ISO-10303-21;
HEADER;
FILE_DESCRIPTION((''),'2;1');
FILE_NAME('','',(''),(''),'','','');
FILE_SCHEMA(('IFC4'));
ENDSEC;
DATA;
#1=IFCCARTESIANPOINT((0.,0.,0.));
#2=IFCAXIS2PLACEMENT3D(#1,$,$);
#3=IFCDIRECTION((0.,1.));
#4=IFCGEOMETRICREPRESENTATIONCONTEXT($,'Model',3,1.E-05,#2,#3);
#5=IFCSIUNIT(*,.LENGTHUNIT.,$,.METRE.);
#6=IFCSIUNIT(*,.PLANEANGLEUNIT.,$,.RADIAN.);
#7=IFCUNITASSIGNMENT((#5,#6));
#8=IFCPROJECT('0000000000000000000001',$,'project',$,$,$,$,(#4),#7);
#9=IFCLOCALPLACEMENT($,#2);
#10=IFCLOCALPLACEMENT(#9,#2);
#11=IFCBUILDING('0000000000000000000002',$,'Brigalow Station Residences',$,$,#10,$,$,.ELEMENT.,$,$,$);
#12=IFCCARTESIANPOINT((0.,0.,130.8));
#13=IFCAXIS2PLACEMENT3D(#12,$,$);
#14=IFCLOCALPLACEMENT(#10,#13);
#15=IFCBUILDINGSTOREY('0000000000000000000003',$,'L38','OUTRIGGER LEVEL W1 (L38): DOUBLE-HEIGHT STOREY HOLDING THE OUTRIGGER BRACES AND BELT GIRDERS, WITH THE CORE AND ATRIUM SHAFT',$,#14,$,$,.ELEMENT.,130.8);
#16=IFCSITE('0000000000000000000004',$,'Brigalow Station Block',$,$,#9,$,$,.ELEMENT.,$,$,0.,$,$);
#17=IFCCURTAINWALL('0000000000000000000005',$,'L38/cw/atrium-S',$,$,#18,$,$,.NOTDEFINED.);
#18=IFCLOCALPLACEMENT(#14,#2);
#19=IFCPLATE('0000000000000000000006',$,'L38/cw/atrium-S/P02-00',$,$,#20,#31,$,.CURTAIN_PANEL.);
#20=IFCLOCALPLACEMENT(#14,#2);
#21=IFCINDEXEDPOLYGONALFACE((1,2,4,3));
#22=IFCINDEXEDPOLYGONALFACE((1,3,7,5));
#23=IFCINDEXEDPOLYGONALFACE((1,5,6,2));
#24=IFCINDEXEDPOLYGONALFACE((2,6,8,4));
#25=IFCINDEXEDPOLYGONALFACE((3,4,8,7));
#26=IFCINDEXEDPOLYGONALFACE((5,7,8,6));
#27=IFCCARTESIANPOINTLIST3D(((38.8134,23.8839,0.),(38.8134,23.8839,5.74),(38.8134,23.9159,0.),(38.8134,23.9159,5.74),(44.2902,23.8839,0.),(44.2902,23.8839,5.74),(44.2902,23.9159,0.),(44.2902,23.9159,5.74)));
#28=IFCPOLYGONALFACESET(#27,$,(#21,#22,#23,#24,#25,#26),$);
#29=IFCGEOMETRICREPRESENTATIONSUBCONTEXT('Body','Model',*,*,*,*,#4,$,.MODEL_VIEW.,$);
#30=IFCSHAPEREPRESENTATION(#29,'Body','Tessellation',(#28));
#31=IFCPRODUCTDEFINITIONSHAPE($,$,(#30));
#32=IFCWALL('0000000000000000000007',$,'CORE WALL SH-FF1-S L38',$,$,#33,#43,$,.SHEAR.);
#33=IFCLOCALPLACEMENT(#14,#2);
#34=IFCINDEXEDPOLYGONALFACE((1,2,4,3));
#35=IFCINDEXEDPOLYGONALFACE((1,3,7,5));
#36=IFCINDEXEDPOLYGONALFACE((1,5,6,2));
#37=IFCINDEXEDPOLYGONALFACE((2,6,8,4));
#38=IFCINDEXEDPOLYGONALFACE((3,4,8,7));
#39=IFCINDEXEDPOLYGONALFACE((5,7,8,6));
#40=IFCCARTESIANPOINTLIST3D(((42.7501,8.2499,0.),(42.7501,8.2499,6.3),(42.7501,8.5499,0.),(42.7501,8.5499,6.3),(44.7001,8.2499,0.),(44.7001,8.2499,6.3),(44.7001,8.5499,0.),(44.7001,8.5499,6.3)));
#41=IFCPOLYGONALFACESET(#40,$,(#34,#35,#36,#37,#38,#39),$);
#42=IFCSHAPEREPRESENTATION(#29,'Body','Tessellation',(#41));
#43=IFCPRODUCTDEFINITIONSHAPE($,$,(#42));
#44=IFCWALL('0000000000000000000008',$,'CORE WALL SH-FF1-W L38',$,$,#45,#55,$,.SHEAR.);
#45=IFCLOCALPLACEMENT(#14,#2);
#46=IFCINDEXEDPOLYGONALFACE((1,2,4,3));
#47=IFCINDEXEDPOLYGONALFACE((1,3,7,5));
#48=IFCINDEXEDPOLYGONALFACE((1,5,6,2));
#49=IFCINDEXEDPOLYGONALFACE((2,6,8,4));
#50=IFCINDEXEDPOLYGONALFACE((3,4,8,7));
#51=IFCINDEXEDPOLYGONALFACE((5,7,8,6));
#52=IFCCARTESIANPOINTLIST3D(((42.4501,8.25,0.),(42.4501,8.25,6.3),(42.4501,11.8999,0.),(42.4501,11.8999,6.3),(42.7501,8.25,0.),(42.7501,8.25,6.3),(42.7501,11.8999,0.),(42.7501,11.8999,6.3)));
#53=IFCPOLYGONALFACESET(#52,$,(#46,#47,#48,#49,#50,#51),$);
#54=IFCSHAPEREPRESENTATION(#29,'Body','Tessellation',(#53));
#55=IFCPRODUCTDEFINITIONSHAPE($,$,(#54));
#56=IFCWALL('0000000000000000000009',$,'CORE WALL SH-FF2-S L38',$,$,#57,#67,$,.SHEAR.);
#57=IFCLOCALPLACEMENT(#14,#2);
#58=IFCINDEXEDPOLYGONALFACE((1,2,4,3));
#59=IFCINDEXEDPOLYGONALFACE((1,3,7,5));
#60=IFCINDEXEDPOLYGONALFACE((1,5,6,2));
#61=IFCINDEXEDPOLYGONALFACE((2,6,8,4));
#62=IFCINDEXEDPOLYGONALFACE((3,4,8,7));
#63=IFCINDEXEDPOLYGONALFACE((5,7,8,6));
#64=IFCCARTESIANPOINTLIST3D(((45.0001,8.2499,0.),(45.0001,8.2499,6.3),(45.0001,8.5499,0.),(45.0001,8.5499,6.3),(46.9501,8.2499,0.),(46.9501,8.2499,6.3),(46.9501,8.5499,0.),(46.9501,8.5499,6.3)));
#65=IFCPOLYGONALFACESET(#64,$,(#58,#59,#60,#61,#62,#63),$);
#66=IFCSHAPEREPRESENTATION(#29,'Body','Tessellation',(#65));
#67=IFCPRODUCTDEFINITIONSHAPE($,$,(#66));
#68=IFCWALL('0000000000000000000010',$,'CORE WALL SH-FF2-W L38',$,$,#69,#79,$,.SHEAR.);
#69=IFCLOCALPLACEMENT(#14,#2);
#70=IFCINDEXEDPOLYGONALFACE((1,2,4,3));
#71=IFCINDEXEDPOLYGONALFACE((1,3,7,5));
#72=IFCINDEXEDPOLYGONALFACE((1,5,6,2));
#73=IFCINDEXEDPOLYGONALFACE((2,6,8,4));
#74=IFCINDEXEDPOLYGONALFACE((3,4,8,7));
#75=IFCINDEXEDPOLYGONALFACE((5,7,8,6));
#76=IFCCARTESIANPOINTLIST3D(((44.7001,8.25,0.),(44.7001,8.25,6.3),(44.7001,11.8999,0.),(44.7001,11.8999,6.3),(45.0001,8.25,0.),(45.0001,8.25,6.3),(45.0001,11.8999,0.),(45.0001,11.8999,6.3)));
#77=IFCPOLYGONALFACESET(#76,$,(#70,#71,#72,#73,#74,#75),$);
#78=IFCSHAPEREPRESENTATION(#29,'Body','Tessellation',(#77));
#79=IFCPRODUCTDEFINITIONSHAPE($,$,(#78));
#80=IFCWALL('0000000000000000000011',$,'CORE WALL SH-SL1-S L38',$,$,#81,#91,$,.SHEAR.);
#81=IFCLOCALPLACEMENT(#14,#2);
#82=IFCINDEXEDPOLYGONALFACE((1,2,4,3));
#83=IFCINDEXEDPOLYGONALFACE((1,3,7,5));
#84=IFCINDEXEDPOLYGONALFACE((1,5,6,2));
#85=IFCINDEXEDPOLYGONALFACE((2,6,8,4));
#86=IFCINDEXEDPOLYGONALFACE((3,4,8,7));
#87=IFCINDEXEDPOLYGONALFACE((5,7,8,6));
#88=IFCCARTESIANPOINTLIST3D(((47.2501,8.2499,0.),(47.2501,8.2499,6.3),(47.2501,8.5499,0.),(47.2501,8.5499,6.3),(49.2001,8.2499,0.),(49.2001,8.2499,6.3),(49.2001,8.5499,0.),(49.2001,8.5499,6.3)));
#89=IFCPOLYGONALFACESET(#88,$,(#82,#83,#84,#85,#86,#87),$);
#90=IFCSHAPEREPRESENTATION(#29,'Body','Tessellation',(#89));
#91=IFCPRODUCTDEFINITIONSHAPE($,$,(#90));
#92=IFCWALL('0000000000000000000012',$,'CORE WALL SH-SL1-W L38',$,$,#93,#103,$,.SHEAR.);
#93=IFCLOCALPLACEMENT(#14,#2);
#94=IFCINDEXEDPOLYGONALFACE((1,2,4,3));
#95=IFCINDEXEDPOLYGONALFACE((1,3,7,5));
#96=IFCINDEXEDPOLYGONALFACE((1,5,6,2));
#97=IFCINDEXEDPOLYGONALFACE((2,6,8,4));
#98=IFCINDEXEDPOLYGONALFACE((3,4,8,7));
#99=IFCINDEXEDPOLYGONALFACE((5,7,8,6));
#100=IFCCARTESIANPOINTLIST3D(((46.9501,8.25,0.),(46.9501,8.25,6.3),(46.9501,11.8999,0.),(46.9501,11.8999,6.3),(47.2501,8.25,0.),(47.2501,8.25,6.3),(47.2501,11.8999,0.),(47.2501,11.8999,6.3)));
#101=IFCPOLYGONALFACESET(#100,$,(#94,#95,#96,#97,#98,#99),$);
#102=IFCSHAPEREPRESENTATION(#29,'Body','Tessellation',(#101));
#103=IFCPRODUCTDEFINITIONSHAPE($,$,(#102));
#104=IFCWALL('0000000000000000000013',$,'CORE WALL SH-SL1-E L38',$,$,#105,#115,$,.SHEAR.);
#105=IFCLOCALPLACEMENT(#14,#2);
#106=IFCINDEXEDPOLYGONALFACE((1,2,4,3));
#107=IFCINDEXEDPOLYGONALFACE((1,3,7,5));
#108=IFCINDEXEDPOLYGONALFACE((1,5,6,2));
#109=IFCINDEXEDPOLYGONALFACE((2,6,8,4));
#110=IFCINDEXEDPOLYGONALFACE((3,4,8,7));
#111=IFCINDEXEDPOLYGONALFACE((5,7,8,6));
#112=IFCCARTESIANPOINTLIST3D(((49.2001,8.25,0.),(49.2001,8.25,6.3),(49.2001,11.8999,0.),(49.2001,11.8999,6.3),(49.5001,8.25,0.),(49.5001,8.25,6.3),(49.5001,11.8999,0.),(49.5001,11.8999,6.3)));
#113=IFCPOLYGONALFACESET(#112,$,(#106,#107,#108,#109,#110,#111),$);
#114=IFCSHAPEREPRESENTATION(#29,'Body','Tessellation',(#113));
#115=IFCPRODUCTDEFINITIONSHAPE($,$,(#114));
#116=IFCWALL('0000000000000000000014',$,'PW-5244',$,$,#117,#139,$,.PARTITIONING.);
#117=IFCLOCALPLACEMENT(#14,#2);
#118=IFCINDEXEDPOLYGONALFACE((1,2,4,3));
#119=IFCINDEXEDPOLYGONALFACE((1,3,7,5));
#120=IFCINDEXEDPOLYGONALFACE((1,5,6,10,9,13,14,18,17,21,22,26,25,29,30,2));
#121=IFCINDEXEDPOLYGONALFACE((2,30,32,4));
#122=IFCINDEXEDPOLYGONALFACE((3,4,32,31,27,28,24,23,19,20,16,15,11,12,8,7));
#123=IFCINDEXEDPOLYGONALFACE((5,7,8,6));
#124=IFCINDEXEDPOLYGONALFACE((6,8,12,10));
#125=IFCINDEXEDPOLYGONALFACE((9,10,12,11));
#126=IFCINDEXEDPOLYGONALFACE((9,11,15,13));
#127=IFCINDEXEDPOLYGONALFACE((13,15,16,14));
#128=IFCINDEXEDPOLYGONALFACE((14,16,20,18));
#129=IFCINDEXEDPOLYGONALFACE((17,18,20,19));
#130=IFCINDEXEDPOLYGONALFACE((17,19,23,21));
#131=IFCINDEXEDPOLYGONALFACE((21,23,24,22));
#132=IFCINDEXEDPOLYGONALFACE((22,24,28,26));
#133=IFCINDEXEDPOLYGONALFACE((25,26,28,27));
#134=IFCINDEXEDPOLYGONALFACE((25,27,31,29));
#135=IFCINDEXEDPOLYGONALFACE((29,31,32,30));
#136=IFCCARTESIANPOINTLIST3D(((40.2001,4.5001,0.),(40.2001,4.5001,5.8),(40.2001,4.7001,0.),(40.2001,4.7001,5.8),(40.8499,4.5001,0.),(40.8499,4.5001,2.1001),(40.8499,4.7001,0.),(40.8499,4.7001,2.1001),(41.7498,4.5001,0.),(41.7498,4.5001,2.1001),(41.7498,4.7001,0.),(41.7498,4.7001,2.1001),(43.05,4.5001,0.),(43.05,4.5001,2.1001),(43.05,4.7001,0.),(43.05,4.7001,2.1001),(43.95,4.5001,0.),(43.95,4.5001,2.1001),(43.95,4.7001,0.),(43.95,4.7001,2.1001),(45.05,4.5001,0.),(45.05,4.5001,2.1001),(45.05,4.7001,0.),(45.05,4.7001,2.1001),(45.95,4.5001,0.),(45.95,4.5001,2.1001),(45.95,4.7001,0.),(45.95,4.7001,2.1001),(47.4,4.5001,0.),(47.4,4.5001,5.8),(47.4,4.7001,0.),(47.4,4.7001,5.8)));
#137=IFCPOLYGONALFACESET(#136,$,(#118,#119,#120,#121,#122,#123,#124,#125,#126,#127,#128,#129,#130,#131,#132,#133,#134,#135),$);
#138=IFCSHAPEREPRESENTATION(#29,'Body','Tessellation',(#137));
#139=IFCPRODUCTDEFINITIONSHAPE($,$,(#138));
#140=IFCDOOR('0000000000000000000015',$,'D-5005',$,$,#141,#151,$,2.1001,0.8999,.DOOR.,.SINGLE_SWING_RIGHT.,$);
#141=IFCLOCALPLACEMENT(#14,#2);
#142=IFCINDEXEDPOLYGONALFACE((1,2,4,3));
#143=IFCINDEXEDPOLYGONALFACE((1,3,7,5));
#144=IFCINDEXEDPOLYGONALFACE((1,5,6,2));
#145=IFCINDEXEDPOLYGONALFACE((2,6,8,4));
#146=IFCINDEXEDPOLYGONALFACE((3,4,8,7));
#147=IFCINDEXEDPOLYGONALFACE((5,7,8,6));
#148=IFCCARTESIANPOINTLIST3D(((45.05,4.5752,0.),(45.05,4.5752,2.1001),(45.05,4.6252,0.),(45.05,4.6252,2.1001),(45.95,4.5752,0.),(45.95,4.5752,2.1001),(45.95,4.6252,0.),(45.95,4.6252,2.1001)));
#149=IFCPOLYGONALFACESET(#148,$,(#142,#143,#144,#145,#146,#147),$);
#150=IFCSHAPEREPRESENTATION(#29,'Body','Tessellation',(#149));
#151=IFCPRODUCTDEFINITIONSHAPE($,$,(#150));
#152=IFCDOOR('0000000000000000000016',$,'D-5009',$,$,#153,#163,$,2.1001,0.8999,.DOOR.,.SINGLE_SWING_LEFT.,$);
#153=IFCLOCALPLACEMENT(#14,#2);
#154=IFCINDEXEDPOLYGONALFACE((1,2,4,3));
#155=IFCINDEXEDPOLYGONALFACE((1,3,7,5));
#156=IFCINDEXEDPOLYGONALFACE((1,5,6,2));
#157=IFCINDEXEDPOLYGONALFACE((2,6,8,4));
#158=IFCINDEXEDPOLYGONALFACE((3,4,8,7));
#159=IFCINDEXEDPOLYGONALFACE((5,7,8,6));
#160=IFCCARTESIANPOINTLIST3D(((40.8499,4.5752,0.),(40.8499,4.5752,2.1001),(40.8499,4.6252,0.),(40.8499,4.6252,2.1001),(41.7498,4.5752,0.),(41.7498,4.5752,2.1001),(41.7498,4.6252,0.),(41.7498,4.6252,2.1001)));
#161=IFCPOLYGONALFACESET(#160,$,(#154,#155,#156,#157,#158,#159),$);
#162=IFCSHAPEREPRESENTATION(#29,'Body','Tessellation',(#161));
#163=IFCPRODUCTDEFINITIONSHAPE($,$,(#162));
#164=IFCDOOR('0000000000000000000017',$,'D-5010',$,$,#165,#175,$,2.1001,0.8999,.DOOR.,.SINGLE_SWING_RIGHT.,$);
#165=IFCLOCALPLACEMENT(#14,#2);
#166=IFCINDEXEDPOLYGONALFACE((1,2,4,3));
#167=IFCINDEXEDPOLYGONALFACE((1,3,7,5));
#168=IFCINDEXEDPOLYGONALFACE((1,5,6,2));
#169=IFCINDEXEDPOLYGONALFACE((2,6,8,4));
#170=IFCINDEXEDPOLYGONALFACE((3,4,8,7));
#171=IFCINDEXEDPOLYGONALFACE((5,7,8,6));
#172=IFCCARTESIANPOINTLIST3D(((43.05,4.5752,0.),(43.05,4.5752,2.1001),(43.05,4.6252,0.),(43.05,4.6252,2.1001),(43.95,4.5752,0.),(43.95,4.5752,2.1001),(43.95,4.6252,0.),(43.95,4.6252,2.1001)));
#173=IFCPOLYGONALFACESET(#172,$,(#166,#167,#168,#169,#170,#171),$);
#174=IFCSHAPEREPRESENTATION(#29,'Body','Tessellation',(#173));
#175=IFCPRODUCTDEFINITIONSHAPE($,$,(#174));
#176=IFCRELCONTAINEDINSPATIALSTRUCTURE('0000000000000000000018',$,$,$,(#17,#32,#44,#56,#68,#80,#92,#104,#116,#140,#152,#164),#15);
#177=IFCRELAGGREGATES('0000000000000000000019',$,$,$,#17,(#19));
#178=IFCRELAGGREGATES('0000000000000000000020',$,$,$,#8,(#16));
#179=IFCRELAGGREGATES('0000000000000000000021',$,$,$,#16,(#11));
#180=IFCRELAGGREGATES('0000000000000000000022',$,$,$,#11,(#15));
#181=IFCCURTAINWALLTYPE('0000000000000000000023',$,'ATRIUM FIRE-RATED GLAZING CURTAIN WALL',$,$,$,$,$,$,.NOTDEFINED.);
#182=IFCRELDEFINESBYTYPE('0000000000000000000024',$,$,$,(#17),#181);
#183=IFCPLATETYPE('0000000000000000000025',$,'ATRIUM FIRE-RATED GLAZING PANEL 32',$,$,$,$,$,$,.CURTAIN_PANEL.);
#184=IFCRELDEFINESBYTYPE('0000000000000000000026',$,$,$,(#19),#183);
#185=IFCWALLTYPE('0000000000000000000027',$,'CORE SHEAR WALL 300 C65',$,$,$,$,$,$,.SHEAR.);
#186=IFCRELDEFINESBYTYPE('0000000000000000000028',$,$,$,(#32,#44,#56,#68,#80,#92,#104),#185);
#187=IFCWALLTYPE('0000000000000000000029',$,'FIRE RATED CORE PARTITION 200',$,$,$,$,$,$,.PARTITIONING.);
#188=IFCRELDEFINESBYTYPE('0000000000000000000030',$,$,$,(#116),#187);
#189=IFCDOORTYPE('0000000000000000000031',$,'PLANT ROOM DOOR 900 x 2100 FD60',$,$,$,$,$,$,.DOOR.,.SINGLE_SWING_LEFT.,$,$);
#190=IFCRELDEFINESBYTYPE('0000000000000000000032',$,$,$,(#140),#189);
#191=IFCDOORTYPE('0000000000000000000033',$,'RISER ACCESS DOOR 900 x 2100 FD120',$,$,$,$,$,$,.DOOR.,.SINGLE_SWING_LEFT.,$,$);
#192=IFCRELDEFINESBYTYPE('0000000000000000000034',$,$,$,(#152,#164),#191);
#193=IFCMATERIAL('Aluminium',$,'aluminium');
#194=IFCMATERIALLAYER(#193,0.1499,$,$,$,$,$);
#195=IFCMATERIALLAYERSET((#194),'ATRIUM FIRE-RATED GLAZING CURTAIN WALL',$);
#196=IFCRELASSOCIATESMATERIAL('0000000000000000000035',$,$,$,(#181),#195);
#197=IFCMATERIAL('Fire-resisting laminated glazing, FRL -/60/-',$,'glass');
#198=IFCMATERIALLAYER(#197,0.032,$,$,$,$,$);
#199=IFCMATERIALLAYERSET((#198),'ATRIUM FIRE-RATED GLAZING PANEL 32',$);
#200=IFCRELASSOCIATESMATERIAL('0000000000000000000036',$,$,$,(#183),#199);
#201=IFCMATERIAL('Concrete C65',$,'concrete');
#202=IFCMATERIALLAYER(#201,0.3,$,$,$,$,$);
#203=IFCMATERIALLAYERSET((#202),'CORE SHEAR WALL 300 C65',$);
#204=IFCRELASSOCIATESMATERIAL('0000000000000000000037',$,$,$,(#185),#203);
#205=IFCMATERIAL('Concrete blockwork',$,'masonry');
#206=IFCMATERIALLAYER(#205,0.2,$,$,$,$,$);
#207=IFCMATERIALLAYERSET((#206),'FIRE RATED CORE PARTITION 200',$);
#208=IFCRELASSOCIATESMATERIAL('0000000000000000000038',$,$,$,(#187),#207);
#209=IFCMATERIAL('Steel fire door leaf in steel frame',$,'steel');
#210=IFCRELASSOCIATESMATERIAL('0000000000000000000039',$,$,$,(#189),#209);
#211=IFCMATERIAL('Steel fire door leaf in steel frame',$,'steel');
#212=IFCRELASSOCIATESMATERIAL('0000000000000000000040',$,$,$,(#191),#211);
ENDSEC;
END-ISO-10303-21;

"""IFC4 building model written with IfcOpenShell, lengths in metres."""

from ifc_helpers import new_model, si_unit, direction, frame, frame_2d, origin, origin_2d, place, context, subcontext, project, spatial, rectangle, extrude, material, layer, layer_set, type_object, element, fill, aggregate, save


model = new_model("IFC4")

# Units and contexts
model_context = context("Model", 3, precision=1e-05, world=origin(), true_north=direction((0.0, 1.0)))
body_context = subcontext(model_context, "Body", "Model", "MODEL_VIEW")
ifc_project = project(units=[si_unit("LENGTHUNIT", "METRE"), si_unit("PLANEANGLEUNIT", "RADIAN")], contexts=[model_context])

# Site, building, storey
site_placement = place(None, origin())
site = spatial("IfcSite", under=ifc_project, at=site_placement, Name="Brigalow Station Block", CompositionType="ELEMENT", RefElevation=0.0)
building_placement = place(site_placement, origin())
building = spatial("IfcBuilding", under=site, at=building_placement, Name="Brigalow Station Residences", CompositionType="ELEMENT")
storey_placement = place(building_placement, frame((0.0, 0.0, 130.8)))
storey = spatial("IfcBuildingStorey", under=building, at=storey_placement, Name="L38", Description="OUTRIGGER LEVEL W1 (L38): DOUBLE-HEIGHT STOREY HOLDING THE OUTRIGGER BRACES AND BELT GIRDERS, WITH THE CORE AND ATRIUM SHAFT", CompositionType="ELEMENT", Elevation=130.8)

# Curtain wall
ifc_material_1 = material(Name="Aluminium", Category="aluminium")
ifc_layer_1 = layer(ifc_material_1, 0.1499)
ifc_layer_set_1 = layer_set([ifc_layer_1], Name="ATRIUM FIRE-RATED GLAZING CURTAIN WALL")
curtain_wall_type = type_object("IfcCurtainWallType", Name="ATRIUM FIRE-RATED GLAZING CURTAIN WALL", PredefinedType="NOTDEFINED", material=ifc_layer_set_1)
curtain_wall_placement = place(storey_placement, origin())
curtain_wall = element("IfcCurtainWall", 1, at=curtain_wall_placement, inside=storey, type_object=curtain_wall_type, Name="L38/cw/atrium-S", PredefinedType="NOTDEFINED")

# Plate
ifc_material_2 = material(Name="Fire-resisting laminated glazing, FRL -/60/-", Category="glass")
ifc_layer_2 = layer(ifc_material_2, 0.032)
ifc_layer_set_2 = layer_set([ifc_layer_2], Name="ATRIUM FIRE-RATED GLAZING PANEL 32")
plate_type = type_object("IfcPlateType", Name="ATRIUM FIRE-RATED GLAZING PANEL 32", PredefinedType="CURTAIN_PANEL", material=ifc_layer_set_2)
plate_placement = place(storey_placement, frame((41.5518, 23.8999, 0.0), z_axis=(0.0, 0.0, 1.0), x_axis=(1.0, 0.0, 0.0)))
plate = element("IfcPlate", 2, at=plate_placement, type_object=plate_type, Name="L38/cw/atrium-S/P02-00", PredefinedType="CURTAIN_PANEL", context=body_context, shape_type="SweptSolid", body=[
    extrude(rectangle(XDim=5.4768, YDim=0.032, at=origin_2d()), origin(), (0.0, 0.0, 1.0), 5.74),
])
aggregate(curtain_wall, [plate])

# Walls
ifc_material_3 = material(Name="Concrete C65", Category="concrete")
ifc_layer_3 = layer(ifc_material_3, 0.3)
ifc_layer_set_3 = layer_set([ifc_layer_3], Name="CORE SHEAR WALL 300 C65")
wall_type_1 = type_object("IfcWallType", Name="CORE SHEAR WALL 300 C65", PredefinedType="SHEAR", material=ifc_layer_set_3)
wall_1_placement = place(storey_placement, frame((42.75, 8.3999, 0.0), z_axis=(0.0, 0.0, 1.0), x_axis=(1.0, 0.0, 0.0)))
element("IfcWall", 3, at=wall_1_placement, inside=storey, type_object=wall_type_1, Name="CORE WALL SH-FF1-S L38", PredefinedType="SHEAR", context=body_context, shape_type="SweptSolid", body=[
    extrude(rectangle(XDim=1.95, YDim=0.3, at=frame_2d((0.9751, 0.0))), origin(), (0.0, 0.0, 1.0), 6.3),
])
wall_2_placement = place(storey_placement, frame((42.6001, 8.25, 0.0), z_axis=(0.0, 0.0, 1.0), x_axis=(0.0, 1.0, 0.0)))
element("IfcWall", 4, at=wall_2_placement, inside=storey, type_object=wall_type_1, Name="CORE WALL SH-FF1-W L38", PredefinedType="SHEAR", context=body_context, shape_type="SweptSolid", body=[
    extrude(rectangle(XDim=3.6499, YDim=0.3, at=frame_2d((1.825, 0.0))), origin(), (0.0, 0.0, 1.0), 6.3),
])
wall_3_placement = place(storey_placement, frame((45.0, 8.3999, 0.0), z_axis=(0.0, 0.0, 1.0), x_axis=(1.0, 0.0, 0.0)))
element("IfcWall", 5, at=wall_3_placement, inside=storey, type_object=wall_type_1, Name="CORE WALL SH-FF2-S L38", PredefinedType="SHEAR", context=body_context, shape_type="SweptSolid", body=[
    extrude(rectangle(XDim=1.95, YDim=0.3, at=frame_2d((0.9751, 0.0))), origin(), (0.0, 0.0, 1.0), 6.3),
])
wall_4_placement = place(storey_placement, frame((44.8501, 8.25, 0.0), z_axis=(0.0, 0.0, 1.0), x_axis=(0.0, 1.0, 0.0)))
element("IfcWall", 6, at=wall_4_placement, inside=storey, type_object=wall_type_1, Name="CORE WALL SH-FF2-W L38", PredefinedType="SHEAR", context=body_context, shape_type="SweptSolid", body=[
    extrude(rectangle(XDim=3.6499, YDim=0.3, at=frame_2d((1.825, 0.0))), origin(), (0.0, 0.0, 1.0), 6.3),
])
wall_5_placement = place(storey_placement, frame((47.25, 8.3999, 0.0), z_axis=(0.0, 0.0, 1.0), x_axis=(1.0, 0.0, 0.0)))
element("IfcWall", 7, at=wall_5_placement, inside=storey, type_object=wall_type_1, Name="CORE WALL SH-SL1-S L38", PredefinedType="SHEAR", context=body_context, shape_type="SweptSolid", body=[
    extrude(rectangle(XDim=1.95, YDim=0.3, at=frame_2d((0.9751, 0.0))), origin(), (0.0, 0.0, 1.0), 6.3),
])
for number, where, z_axis, x_axis, name in (
    (8, (47.1001, 8.25, 0.0), (0.0, 0.0, 1.0), (0.0, 1.0, 0.0), "CORE WALL SH-SL1-W L38"),
    (9, (49.3501, 8.25, 0.0), (0.0, 0.0, 1.0), (0.0, 1.0, 0.0), "CORE WALL SH-SL1-E L38"),
):
    element("IfcWall", number, at=place(storey_placement, frame(where, z_axis=z_axis, x_axis=x_axis)), inside=storey, type_object=wall_type_1, Name=name, PredefinedType="SHEAR", context=body_context, shape_type="SweptSolid", body=[
        extrude(rectangle(XDim=3.6499, YDim=0.3, at=frame_2d((1.825, 0.0))), origin(), (0.0, 0.0, 1.0), 6.3),
    ])

# Wall, openings, doors
ifc_material_4 = material(Name="Concrete blockwork", Category="masonry")
ifc_layer_4 = layer(ifc_material_4, 0.2)
ifc_layer_set_4 = layer_set([ifc_layer_4], Name="FIRE RATED CORE PARTITION 200")
wall_type_2 = type_object("IfcWallType", Name="FIRE RATED CORE PARTITION 200", PredefinedType="PARTITIONING", material=ifc_layer_set_4)
wall_6_placement = place(storey_placement, frame((40.2, 4.6001, 0.0), z_axis=(0.0, 0.0, 1.0), x_axis=(1.0, 0.0, 0.0)))
wall_6 = element("IfcWall", 10, at=wall_6_placement, inside=storey, type_object=wall_type_2, Name="PW-5244", PredefinedType="PARTITIONING", context=body_context, shape_type="SweptSolid", body=[
    extrude(rectangle(XDim=7.2, YDim=0.2, at=frame_2d((3.6001, 0.0))), origin(), (0.0, 0.0, 1.0), 5.8),
])
opening_1_placement = place(wall_6_placement, frame((4.8501, 0.0, 0.0)))
opening_1 = element("IfcOpeningElement", 11, at=opening_1_placement, cuts=wall_6, PredefinedType="OPENING", context=body_context, shape_type="SweptSolid", body=[
    extrude(rectangle(XDim=0.8999, YDim=2.1001, at=frame_2d((0.45, 1.05))), frame((0.0, 0.1099, 0.0), z_axis=(0.0, -1.0, 0.0), x_axis=(1.0, 0.0, 0.0)), (0.0, 0.0, 1.0), 0.22),
])
opening_2_placement = place(wall_6_placement, frame((0.6499, 0.0, 0.0)))
opening_2 = element("IfcOpeningElement", 12, at=opening_2_placement, cuts=wall_6, PredefinedType="OPENING", context=body_context, shape_type="SweptSolid", body=[
    extrude(rectangle(XDim=0.8999, YDim=2.1001, at=frame_2d((0.45, 1.05))), frame((0.0, 0.1099, 0.0), z_axis=(0.0, -1.0, 0.0), x_axis=(1.0, 0.0, 0.0)), (0.0, 0.0, 1.0), 0.22),
])
opening_3_placement = place(wall_6_placement, frame((2.8501, 0.0, 0.0)))
opening_3 = element("IfcOpeningElement", 13, at=opening_3_placement, cuts=wall_6, PredefinedType="OPENING", context=body_context, shape_type="SweptSolid", body=[
    extrude(rectangle(XDim=0.8999, YDim=2.1001, at=frame_2d((0.45, 1.05))), frame((0.0, 0.1099, 0.0), z_axis=(0.0, -1.0, 0.0), x_axis=(1.0, 0.0, 0.0)), (0.0, 0.0, 1.0), 0.22),
])
ifc_material_5 = material(Name="Steel fire door leaf in steel frame", Category="steel")
door_type_1 = type_object("IfcDoorType", Name="PLANT ROOM DOOR 900 x 2100 FD60", OperationType="SINGLE_SWING_LEFT", PredefinedType="DOOR", material=ifc_material_5)
door_1_placement = place(opening_1_placement, frame((0.8999, 0.0, 0.0), z_axis=(0.0, 0.0, 1.0), x_axis=(-1.0, 0.0, 0.0)))
door_1 = element("IfcDoor", 14, at=door_1_placement, inside=storey, type_object=door_type_1, Name="D-5005", OperationType="SINGLE_SWING_RIGHT", OverallHeight=2.1001, OverallWidth=0.8999, PredefinedType="DOOR", context=body_context, shape_type="SweptSolid", body=[
    extrude(rectangle(XDim=0.8999, YDim=2.1001, at=frame_2d((0.45, 1.05))), frame((0.0, 0.0249, 0.0), z_axis=(0.0, -1.0, 0.0), x_axis=(1.0, 0.0, 0.0)), (0.0, 0.0, 1.0), 0.05),
])
fill(opening_1, door_1)
ifc_material_6 = material(Name="Steel fire door leaf in steel frame", Category="steel")
door_type_2 = type_object("IfcDoorType", Name="RISER ACCESS DOOR 900 x 2100 FD120", OperationType="SINGLE_SWING_LEFT", PredefinedType="DOOR", material=ifc_material_6)
door_2_placement = place(opening_2_placement, frame((0.8999, 0.0, 0.0), z_axis=(0.0, 0.0, 1.0), x_axis=(-1.0, 0.0, 0.0)))
door_2 = element("IfcDoor", 15, at=door_2_placement, inside=storey, type_object=door_type_2, Name="D-5009", OperationType="SINGLE_SWING_LEFT", OverallHeight=2.1001, OverallWidth=0.8999, PredefinedType="DOOR", context=body_context, shape_type="SweptSolid", body=[
    extrude(rectangle(XDim=0.8999, YDim=2.1001, at=frame_2d((0.45, 1.05))), frame((0.0, 0.0249, 0.0), z_axis=(0.0, -1.0, 0.0), x_axis=(1.0, 0.0, 0.0)), (0.0, 0.0, 1.0), 0.05),
])
fill(opening_2, door_2)
door_3_placement = place(opening_3_placement, frame((0.8999, 0.0, 0.0), z_axis=(0.0, 0.0, 1.0), x_axis=(-1.0, 0.0, 0.0)))
door_3 = element("IfcDoor", 16, at=door_3_placement, inside=storey, type_object=door_type_2, Name="D-5010", OperationType="SINGLE_SWING_RIGHT", OverallHeight=2.1001, OverallWidth=0.8999, PredefinedType="DOOR", context=body_context, shape_type="SweptSolid", body=[
    extrude(rectangle(XDim=0.8999, YDim=2.1001, at=frame_2d((0.45, 1.05))), frame((0.0, 0.0249, 0.0), z_axis=(0.0, -1.0, 0.0), x_axis=(1.0, 0.0, 0.0)), (0.0, 0.0, 1.0), 0.05),
])
fill(opening_3, door_3)

save(model, "model.ifc")
